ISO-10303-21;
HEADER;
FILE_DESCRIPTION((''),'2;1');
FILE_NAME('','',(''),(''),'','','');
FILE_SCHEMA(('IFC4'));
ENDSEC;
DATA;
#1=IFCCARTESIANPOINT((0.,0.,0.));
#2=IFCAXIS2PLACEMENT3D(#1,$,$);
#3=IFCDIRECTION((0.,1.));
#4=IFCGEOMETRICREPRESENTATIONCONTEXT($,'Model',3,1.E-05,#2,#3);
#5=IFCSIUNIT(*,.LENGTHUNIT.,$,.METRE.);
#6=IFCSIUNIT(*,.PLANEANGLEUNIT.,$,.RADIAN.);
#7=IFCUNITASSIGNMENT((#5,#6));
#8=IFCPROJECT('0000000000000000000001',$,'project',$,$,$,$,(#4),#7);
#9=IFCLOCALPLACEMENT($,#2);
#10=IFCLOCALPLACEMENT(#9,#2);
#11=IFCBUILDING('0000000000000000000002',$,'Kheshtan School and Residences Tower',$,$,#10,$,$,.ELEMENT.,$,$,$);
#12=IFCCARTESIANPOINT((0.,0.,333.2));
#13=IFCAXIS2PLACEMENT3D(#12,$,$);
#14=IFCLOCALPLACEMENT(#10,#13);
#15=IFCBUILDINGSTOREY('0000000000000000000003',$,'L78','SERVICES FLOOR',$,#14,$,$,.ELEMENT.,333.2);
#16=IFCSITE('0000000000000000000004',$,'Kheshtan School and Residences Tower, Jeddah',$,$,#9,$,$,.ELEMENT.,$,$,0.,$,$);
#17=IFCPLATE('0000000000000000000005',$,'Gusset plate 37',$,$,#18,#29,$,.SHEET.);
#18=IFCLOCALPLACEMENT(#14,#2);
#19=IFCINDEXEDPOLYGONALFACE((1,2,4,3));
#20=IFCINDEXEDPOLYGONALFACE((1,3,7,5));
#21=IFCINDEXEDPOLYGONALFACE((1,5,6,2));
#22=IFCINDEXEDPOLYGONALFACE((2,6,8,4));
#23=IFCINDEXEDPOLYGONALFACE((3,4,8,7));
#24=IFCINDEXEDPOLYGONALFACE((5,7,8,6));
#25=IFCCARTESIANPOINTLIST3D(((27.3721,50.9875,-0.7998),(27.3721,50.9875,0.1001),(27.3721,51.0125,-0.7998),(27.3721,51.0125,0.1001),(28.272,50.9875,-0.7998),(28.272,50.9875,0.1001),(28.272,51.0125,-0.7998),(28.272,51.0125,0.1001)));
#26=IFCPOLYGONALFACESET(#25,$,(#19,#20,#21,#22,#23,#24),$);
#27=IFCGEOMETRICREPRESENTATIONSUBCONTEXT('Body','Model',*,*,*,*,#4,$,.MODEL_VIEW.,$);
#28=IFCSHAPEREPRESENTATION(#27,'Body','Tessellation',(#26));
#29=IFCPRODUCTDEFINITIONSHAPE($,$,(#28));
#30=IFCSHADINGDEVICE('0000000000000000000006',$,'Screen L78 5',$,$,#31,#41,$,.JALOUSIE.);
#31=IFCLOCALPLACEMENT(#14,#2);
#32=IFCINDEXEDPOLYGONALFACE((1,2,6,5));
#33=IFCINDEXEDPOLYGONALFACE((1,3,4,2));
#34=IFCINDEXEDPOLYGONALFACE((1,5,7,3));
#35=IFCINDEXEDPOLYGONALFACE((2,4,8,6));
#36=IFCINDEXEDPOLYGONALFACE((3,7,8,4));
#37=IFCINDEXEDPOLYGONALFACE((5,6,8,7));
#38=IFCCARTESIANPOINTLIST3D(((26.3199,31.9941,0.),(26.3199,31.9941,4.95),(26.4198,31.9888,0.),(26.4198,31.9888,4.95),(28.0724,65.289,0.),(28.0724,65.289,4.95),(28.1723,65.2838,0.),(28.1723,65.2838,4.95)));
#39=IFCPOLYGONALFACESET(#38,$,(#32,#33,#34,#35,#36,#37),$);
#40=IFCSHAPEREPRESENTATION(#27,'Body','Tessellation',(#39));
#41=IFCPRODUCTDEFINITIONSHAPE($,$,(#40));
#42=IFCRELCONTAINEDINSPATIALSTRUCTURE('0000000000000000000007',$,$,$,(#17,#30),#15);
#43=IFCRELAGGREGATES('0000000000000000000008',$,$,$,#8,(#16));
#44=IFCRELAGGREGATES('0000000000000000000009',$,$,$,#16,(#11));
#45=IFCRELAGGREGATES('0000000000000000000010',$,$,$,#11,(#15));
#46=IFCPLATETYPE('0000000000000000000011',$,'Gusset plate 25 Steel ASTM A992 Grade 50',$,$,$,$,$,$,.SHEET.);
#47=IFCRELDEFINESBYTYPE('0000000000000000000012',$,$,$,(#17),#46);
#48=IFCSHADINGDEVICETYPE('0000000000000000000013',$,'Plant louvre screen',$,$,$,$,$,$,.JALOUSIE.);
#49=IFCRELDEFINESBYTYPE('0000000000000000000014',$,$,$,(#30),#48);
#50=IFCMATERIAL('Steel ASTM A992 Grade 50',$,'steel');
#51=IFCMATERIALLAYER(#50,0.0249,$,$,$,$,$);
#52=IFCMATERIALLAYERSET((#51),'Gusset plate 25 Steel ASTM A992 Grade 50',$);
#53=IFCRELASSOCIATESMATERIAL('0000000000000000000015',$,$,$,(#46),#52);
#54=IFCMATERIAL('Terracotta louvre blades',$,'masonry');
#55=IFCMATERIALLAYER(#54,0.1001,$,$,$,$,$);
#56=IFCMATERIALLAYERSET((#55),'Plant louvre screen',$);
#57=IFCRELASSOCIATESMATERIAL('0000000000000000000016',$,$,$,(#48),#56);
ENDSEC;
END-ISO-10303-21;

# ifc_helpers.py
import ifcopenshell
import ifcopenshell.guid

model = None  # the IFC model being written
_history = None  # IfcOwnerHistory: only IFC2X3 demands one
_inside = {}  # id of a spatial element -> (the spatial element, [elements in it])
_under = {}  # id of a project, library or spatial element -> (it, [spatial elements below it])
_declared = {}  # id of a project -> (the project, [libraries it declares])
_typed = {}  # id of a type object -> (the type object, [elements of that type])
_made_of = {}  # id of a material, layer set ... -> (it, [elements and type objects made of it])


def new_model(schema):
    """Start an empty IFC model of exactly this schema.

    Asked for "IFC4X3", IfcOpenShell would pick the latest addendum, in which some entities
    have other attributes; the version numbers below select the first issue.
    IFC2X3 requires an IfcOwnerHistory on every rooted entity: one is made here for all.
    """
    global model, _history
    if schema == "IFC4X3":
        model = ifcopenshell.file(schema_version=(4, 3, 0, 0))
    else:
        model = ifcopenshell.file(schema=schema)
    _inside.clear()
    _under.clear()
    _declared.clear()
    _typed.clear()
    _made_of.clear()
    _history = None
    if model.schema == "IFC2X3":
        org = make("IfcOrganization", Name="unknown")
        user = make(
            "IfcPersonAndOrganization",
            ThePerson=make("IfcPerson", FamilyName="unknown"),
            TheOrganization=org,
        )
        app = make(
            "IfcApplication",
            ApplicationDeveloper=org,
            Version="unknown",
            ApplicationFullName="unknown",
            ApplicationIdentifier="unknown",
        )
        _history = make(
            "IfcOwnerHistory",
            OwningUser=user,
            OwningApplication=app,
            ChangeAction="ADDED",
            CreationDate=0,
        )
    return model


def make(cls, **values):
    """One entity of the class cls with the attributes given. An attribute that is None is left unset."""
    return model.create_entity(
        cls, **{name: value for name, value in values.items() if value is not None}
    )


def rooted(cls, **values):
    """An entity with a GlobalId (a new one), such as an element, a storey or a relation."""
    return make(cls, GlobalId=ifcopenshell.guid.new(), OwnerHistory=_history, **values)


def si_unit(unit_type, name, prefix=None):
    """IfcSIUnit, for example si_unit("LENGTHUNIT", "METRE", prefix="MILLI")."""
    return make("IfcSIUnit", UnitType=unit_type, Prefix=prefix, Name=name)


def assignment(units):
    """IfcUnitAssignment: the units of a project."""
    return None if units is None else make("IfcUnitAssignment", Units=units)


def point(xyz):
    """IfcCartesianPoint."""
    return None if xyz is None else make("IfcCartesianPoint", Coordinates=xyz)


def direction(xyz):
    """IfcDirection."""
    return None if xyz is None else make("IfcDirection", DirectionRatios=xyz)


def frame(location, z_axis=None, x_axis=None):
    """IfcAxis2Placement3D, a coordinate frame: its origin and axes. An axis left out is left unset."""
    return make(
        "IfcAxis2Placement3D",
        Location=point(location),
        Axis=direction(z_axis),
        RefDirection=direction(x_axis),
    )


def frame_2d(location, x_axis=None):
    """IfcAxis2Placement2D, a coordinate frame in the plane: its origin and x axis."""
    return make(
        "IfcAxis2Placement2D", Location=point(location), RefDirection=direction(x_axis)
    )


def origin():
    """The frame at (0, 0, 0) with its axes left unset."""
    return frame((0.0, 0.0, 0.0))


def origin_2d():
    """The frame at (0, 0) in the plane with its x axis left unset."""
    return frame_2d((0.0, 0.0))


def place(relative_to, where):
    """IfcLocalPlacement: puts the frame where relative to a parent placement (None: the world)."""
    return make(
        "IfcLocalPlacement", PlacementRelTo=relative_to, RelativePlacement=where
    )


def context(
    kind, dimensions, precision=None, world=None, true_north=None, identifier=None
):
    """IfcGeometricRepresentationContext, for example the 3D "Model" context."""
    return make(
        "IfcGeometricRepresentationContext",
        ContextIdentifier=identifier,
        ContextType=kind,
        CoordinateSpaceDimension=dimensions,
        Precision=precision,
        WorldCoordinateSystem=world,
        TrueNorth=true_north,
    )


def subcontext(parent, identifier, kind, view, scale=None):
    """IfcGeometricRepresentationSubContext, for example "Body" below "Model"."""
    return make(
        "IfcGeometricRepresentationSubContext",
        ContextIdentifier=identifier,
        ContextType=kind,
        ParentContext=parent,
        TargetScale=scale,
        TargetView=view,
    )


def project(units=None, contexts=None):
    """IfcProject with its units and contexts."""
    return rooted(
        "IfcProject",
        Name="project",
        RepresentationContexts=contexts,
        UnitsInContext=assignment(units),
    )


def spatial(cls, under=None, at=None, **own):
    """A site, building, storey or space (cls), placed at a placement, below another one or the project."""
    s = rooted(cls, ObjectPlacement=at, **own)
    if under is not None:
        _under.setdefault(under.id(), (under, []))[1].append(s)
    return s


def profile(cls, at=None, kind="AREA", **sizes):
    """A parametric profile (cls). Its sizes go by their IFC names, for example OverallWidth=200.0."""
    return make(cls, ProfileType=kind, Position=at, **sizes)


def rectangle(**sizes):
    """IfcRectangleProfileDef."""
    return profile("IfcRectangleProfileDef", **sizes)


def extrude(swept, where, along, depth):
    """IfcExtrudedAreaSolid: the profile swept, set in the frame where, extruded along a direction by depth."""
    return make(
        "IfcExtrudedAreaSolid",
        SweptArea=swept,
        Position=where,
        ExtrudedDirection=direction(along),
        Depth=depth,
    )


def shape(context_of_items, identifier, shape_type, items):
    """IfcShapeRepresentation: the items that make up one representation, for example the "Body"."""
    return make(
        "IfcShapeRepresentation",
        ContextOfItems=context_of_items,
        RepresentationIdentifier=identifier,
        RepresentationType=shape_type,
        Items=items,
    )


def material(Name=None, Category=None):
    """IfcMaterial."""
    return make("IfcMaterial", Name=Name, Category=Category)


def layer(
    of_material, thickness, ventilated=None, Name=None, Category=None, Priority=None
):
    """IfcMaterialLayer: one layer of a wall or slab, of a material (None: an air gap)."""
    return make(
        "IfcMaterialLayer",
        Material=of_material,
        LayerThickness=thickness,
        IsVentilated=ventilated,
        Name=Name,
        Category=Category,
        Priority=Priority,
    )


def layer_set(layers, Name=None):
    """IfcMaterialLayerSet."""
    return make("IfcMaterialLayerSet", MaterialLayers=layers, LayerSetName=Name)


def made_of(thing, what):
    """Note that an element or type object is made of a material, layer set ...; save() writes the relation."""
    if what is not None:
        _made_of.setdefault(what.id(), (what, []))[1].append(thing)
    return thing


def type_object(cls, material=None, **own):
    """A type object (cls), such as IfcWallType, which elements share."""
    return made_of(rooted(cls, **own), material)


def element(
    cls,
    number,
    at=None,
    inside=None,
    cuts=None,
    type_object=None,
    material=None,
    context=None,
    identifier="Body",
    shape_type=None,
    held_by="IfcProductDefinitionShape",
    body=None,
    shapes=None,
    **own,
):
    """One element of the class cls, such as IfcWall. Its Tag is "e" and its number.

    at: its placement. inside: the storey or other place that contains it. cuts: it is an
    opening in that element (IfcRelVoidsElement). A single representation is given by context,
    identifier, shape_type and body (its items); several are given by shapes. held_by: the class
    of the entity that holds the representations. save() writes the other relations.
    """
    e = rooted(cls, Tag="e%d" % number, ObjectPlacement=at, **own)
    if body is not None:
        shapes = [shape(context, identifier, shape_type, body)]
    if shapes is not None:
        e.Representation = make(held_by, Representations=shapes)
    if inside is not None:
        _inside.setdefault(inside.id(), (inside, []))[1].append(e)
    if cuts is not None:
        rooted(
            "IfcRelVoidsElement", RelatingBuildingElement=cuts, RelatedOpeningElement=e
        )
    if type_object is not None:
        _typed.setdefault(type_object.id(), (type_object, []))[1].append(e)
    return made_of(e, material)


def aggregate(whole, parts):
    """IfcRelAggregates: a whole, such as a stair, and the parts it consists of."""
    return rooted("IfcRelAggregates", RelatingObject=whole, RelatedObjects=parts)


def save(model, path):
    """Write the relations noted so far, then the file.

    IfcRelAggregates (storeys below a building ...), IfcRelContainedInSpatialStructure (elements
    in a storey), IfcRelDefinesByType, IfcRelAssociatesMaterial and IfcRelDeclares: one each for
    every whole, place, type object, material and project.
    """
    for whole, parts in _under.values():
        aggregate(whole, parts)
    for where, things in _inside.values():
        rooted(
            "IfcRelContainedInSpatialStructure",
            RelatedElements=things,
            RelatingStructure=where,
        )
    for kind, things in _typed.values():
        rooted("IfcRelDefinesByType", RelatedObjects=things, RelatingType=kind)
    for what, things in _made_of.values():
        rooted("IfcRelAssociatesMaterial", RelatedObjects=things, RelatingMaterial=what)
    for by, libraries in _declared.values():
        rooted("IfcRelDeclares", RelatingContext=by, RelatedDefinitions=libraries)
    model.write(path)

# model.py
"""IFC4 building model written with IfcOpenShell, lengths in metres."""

from ifc_helpers import new_model, si_unit, direction, frame, origin, origin_2d, place, context, subcontext, project, spatial, rectangle, extrude, material, layer, layer_set, type_object, element, save


model = new_model("IFC4")

# Units and contexts
model_context = context("Model", 3, precision=1e-05, world=origin(), true_north=direction((0.0, 1.0)))
body_context = subcontext(model_context, "Body", "Model", "MODEL_VIEW")
ifc_project = project(units=[si_unit("LENGTHUNIT", "METRE"), si_unit("PLANEANGLEUNIT", "RADIAN")], contexts=[model_context])

# Site, building, storey
site_placement = place(None, origin())
site = spatial("IfcSite", under=ifc_project, at=site_placement, Name="Kheshtan School and Residences Tower, Jeddah", CompositionType="ELEMENT", RefElevation=0.0)
building_placement = place(site_placement, origin())
building = spatial("IfcBuilding", under=site, at=building_placement, Name="Kheshtan School and Residences Tower", CompositionType="ELEMENT")
storey_placement = place(building_placement, frame((0.0, 0.0, 333.2)))
storey = spatial("IfcBuildingStorey", under=building, at=storey_placement, Name="L78", Description="SERVICES FLOOR", CompositionType="ELEMENT", Elevation=333.2)

# Shared definitions
ifc_material_1 = material(Name="Steel ASTM A992 Grade 50", Category="steel")

# Plate
ifc_layer_1 = layer(ifc_material_1, 0.0249)
ifc_layer_set_1 = layer_set([ifc_layer_1], Name="Gusset plate 25 Steel ASTM A992 Grade 50")
plate_type = type_object("IfcPlateType", Name="Gusset plate 25 Steel ASTM A992 Grade 50", PredefinedType="SHEET", material=ifc_layer_set_1)
for number, where, z_axis, x_axis, name in (
    (1, (27.822, 51.0, -0.7998), (0.0, 0.0, 1.0), (1.0, 0.0, 0.0), "Gusset plate 37"),
):
    element("IfcPlate", number, at=place(storey_placement, frame(where, z_axis=z_axis, x_axis=x_axis)), inside=storey, type_object=plate_type, Name=name, PredefinedType="SHEET", context=body_context, shape_type="SweptSolid", body=[
        extrude(rectangle(XDim=0.8999, YDim=0.0249, at=origin_2d()), origin(), (0.0, 0.0, 1.0), 0.8999),
    ])

# Shading device
ifc_material_2 = material(Name="Terracotta louvre blades", Category="masonry")
ifc_layer_2 = layer(ifc_material_2, 0.1001)
ifc_layer_set_2 = layer_set([ifc_layer_2], Name="Plant louvre screen")
shading_device_type = type_object("IfcShadingDeviceType", Name="Plant louvre screen", PredefinedType="JALOUSIE", material=ifc_layer_set_2)
shading_device_placement = place(storey_placement, frame((27.2461, 48.6389, 0.0), z_axis=(0.0, 0.0, 1.0), x_axis=(0.052563, 0.998618, 0.0)))
element("IfcShadingDevice", 2, at=shading_device_placement, inside=storey, type_object=shading_device_type, Name="Screen L78 5", PredefinedType="JALOUSIE", context=body_context, shape_type="SweptSolid", body=[
    extrude(rectangle(XDim=33.3411, YDim=0.1001, at=origin_2d()), origin(), (0.0, 0.0, 1.0), 4.95),
])

save(model, "model.ifc")
